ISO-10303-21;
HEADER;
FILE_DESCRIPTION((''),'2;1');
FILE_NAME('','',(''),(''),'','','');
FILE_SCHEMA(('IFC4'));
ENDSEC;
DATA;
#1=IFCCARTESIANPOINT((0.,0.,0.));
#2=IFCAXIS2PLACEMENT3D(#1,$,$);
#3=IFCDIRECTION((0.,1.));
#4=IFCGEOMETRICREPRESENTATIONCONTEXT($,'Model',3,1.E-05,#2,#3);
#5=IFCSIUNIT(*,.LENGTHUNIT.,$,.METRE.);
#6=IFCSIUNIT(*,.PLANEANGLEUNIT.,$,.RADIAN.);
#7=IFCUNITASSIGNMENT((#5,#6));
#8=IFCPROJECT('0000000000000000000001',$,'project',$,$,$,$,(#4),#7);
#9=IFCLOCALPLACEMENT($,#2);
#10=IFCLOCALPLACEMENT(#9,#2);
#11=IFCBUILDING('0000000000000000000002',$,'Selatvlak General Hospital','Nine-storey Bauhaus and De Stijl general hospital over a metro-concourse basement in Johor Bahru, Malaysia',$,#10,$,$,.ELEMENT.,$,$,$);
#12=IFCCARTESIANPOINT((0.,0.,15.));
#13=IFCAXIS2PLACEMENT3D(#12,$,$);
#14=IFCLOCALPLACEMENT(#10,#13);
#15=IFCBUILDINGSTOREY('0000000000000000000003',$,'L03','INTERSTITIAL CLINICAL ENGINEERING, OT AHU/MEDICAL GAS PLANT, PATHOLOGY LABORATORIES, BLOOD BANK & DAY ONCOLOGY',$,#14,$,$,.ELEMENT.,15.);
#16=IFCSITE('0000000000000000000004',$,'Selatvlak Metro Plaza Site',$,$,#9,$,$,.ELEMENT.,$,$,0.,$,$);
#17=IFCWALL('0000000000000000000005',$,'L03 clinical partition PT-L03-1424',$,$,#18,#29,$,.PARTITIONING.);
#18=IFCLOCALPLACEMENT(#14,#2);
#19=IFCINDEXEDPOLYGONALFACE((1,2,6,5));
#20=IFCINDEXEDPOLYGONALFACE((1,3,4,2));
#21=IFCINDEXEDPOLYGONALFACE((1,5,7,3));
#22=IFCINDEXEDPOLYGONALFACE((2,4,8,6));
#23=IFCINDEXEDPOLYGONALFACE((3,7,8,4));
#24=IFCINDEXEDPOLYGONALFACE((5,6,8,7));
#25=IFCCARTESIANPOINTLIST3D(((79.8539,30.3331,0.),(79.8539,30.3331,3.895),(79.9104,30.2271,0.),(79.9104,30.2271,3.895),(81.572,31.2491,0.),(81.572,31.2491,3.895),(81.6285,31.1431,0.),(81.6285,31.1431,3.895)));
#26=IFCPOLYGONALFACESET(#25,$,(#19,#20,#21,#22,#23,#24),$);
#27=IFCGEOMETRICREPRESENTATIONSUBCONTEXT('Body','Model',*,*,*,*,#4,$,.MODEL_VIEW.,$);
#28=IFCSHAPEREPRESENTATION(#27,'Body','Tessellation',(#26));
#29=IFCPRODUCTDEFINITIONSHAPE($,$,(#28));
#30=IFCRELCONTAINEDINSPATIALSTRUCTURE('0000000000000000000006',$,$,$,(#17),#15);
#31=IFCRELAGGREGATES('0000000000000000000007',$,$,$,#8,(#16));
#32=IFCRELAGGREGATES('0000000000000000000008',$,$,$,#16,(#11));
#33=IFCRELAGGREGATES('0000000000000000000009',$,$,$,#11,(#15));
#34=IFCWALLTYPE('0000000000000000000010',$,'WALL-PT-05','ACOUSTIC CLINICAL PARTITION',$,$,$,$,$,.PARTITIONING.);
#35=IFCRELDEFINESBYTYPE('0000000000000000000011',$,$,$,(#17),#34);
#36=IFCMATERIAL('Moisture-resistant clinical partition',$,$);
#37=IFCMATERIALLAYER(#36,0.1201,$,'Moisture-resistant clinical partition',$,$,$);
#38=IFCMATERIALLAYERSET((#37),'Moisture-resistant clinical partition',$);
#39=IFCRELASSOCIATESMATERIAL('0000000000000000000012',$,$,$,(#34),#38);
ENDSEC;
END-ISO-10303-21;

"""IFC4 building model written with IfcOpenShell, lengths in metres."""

from ifc_helpers import new_model, si_unit, direction, frame, frame_2d, origin, place, context, subcontext, project, spatial, rectangle, extrude, material, layer, layer_set, type_object, element, save


model = new_model("IFC4")

# Units and contexts
model_context = context("Model", 3, precision=1e-05, world=origin(), true_north=direction((0.0, 1.0)))
body_context = subcontext(model_context, "Body", "Model", "MODEL_VIEW")
ifc_project = project(units=[si_unit("LENGTHUNIT", "METRE"), si_unit("PLANEANGLEUNIT", "RADIAN")], contexts=[model_context])

# Site, building, storey
site_placement = place(None, origin())
site = spatial("IfcSite", under=ifc_project, at=site_placement, Name="Selatvlak Metro Plaza Site", CompositionType="ELEMENT", RefElevation=0.0)
building_placement = place(site_placement, origin())
building = spatial("IfcBuilding", under=site, at=building_placement, Name="Selatvlak General Hospital", Description="Nine-storey Bauhaus and De Stijl general hospital over a metro-concourse basement in Johor Bahru, Malaysia", CompositionType="ELEMENT")
storey_placement = place(building_placement, frame((0.0, 0.0, 15.0)))
storey = spatial("IfcBuildingStorey", under=building, at=storey_placement, Name="L03", Description="INTERSTITIAL CLINICAL ENGINEERING, OT AHU/MEDICAL GAS PLANT, PATHOLOGY LABORATORIES, BLOOD BANK & DAY ONCOLOGY", CompositionType="ELEMENT", Elevation=15.0)

# Shared definitions
ifc_material_1 = material(Name="Moisture-resistant clinical partition")

# Wall
ifc_layer_1 = layer(ifc_material_1, 0.1201, Name="Moisture-resistant clinical partition")
ifc_layer_set_1 = layer_set([ifc_layer_1], Name="Moisture-resistant clinical partition")
wall_type_1 = type_object("IfcWallType", Name="WALL-PT-05", Description="ACOUSTIC CLINICAL PARTITION", PredefinedType="PARTITIONING", material=ifc_layer_set_1)
wall_1_placement = place(storey_placement, frame((79.8821, 30.28, 0.0), z_axis=(0.0, 0.0, 1.0), x_axis=(0.882408, 0.470484, 0.0)))
element("IfcWall", 1, at=wall_1_placement, inside=storey, type_object=wall_type_1, Name="L03 clinical partition PT-L03-1424", PredefinedType="PARTITIONING", context=body_context, shape_type="SweptSolid", body=[
    extrude(rectangle(XDim=1.947, YDim=0.1201, at=frame_2d((0.9736, 0.0))), origin(), (0.0, 0.0, 1.0), 3.895),
])

save(model, "model.ifc")
